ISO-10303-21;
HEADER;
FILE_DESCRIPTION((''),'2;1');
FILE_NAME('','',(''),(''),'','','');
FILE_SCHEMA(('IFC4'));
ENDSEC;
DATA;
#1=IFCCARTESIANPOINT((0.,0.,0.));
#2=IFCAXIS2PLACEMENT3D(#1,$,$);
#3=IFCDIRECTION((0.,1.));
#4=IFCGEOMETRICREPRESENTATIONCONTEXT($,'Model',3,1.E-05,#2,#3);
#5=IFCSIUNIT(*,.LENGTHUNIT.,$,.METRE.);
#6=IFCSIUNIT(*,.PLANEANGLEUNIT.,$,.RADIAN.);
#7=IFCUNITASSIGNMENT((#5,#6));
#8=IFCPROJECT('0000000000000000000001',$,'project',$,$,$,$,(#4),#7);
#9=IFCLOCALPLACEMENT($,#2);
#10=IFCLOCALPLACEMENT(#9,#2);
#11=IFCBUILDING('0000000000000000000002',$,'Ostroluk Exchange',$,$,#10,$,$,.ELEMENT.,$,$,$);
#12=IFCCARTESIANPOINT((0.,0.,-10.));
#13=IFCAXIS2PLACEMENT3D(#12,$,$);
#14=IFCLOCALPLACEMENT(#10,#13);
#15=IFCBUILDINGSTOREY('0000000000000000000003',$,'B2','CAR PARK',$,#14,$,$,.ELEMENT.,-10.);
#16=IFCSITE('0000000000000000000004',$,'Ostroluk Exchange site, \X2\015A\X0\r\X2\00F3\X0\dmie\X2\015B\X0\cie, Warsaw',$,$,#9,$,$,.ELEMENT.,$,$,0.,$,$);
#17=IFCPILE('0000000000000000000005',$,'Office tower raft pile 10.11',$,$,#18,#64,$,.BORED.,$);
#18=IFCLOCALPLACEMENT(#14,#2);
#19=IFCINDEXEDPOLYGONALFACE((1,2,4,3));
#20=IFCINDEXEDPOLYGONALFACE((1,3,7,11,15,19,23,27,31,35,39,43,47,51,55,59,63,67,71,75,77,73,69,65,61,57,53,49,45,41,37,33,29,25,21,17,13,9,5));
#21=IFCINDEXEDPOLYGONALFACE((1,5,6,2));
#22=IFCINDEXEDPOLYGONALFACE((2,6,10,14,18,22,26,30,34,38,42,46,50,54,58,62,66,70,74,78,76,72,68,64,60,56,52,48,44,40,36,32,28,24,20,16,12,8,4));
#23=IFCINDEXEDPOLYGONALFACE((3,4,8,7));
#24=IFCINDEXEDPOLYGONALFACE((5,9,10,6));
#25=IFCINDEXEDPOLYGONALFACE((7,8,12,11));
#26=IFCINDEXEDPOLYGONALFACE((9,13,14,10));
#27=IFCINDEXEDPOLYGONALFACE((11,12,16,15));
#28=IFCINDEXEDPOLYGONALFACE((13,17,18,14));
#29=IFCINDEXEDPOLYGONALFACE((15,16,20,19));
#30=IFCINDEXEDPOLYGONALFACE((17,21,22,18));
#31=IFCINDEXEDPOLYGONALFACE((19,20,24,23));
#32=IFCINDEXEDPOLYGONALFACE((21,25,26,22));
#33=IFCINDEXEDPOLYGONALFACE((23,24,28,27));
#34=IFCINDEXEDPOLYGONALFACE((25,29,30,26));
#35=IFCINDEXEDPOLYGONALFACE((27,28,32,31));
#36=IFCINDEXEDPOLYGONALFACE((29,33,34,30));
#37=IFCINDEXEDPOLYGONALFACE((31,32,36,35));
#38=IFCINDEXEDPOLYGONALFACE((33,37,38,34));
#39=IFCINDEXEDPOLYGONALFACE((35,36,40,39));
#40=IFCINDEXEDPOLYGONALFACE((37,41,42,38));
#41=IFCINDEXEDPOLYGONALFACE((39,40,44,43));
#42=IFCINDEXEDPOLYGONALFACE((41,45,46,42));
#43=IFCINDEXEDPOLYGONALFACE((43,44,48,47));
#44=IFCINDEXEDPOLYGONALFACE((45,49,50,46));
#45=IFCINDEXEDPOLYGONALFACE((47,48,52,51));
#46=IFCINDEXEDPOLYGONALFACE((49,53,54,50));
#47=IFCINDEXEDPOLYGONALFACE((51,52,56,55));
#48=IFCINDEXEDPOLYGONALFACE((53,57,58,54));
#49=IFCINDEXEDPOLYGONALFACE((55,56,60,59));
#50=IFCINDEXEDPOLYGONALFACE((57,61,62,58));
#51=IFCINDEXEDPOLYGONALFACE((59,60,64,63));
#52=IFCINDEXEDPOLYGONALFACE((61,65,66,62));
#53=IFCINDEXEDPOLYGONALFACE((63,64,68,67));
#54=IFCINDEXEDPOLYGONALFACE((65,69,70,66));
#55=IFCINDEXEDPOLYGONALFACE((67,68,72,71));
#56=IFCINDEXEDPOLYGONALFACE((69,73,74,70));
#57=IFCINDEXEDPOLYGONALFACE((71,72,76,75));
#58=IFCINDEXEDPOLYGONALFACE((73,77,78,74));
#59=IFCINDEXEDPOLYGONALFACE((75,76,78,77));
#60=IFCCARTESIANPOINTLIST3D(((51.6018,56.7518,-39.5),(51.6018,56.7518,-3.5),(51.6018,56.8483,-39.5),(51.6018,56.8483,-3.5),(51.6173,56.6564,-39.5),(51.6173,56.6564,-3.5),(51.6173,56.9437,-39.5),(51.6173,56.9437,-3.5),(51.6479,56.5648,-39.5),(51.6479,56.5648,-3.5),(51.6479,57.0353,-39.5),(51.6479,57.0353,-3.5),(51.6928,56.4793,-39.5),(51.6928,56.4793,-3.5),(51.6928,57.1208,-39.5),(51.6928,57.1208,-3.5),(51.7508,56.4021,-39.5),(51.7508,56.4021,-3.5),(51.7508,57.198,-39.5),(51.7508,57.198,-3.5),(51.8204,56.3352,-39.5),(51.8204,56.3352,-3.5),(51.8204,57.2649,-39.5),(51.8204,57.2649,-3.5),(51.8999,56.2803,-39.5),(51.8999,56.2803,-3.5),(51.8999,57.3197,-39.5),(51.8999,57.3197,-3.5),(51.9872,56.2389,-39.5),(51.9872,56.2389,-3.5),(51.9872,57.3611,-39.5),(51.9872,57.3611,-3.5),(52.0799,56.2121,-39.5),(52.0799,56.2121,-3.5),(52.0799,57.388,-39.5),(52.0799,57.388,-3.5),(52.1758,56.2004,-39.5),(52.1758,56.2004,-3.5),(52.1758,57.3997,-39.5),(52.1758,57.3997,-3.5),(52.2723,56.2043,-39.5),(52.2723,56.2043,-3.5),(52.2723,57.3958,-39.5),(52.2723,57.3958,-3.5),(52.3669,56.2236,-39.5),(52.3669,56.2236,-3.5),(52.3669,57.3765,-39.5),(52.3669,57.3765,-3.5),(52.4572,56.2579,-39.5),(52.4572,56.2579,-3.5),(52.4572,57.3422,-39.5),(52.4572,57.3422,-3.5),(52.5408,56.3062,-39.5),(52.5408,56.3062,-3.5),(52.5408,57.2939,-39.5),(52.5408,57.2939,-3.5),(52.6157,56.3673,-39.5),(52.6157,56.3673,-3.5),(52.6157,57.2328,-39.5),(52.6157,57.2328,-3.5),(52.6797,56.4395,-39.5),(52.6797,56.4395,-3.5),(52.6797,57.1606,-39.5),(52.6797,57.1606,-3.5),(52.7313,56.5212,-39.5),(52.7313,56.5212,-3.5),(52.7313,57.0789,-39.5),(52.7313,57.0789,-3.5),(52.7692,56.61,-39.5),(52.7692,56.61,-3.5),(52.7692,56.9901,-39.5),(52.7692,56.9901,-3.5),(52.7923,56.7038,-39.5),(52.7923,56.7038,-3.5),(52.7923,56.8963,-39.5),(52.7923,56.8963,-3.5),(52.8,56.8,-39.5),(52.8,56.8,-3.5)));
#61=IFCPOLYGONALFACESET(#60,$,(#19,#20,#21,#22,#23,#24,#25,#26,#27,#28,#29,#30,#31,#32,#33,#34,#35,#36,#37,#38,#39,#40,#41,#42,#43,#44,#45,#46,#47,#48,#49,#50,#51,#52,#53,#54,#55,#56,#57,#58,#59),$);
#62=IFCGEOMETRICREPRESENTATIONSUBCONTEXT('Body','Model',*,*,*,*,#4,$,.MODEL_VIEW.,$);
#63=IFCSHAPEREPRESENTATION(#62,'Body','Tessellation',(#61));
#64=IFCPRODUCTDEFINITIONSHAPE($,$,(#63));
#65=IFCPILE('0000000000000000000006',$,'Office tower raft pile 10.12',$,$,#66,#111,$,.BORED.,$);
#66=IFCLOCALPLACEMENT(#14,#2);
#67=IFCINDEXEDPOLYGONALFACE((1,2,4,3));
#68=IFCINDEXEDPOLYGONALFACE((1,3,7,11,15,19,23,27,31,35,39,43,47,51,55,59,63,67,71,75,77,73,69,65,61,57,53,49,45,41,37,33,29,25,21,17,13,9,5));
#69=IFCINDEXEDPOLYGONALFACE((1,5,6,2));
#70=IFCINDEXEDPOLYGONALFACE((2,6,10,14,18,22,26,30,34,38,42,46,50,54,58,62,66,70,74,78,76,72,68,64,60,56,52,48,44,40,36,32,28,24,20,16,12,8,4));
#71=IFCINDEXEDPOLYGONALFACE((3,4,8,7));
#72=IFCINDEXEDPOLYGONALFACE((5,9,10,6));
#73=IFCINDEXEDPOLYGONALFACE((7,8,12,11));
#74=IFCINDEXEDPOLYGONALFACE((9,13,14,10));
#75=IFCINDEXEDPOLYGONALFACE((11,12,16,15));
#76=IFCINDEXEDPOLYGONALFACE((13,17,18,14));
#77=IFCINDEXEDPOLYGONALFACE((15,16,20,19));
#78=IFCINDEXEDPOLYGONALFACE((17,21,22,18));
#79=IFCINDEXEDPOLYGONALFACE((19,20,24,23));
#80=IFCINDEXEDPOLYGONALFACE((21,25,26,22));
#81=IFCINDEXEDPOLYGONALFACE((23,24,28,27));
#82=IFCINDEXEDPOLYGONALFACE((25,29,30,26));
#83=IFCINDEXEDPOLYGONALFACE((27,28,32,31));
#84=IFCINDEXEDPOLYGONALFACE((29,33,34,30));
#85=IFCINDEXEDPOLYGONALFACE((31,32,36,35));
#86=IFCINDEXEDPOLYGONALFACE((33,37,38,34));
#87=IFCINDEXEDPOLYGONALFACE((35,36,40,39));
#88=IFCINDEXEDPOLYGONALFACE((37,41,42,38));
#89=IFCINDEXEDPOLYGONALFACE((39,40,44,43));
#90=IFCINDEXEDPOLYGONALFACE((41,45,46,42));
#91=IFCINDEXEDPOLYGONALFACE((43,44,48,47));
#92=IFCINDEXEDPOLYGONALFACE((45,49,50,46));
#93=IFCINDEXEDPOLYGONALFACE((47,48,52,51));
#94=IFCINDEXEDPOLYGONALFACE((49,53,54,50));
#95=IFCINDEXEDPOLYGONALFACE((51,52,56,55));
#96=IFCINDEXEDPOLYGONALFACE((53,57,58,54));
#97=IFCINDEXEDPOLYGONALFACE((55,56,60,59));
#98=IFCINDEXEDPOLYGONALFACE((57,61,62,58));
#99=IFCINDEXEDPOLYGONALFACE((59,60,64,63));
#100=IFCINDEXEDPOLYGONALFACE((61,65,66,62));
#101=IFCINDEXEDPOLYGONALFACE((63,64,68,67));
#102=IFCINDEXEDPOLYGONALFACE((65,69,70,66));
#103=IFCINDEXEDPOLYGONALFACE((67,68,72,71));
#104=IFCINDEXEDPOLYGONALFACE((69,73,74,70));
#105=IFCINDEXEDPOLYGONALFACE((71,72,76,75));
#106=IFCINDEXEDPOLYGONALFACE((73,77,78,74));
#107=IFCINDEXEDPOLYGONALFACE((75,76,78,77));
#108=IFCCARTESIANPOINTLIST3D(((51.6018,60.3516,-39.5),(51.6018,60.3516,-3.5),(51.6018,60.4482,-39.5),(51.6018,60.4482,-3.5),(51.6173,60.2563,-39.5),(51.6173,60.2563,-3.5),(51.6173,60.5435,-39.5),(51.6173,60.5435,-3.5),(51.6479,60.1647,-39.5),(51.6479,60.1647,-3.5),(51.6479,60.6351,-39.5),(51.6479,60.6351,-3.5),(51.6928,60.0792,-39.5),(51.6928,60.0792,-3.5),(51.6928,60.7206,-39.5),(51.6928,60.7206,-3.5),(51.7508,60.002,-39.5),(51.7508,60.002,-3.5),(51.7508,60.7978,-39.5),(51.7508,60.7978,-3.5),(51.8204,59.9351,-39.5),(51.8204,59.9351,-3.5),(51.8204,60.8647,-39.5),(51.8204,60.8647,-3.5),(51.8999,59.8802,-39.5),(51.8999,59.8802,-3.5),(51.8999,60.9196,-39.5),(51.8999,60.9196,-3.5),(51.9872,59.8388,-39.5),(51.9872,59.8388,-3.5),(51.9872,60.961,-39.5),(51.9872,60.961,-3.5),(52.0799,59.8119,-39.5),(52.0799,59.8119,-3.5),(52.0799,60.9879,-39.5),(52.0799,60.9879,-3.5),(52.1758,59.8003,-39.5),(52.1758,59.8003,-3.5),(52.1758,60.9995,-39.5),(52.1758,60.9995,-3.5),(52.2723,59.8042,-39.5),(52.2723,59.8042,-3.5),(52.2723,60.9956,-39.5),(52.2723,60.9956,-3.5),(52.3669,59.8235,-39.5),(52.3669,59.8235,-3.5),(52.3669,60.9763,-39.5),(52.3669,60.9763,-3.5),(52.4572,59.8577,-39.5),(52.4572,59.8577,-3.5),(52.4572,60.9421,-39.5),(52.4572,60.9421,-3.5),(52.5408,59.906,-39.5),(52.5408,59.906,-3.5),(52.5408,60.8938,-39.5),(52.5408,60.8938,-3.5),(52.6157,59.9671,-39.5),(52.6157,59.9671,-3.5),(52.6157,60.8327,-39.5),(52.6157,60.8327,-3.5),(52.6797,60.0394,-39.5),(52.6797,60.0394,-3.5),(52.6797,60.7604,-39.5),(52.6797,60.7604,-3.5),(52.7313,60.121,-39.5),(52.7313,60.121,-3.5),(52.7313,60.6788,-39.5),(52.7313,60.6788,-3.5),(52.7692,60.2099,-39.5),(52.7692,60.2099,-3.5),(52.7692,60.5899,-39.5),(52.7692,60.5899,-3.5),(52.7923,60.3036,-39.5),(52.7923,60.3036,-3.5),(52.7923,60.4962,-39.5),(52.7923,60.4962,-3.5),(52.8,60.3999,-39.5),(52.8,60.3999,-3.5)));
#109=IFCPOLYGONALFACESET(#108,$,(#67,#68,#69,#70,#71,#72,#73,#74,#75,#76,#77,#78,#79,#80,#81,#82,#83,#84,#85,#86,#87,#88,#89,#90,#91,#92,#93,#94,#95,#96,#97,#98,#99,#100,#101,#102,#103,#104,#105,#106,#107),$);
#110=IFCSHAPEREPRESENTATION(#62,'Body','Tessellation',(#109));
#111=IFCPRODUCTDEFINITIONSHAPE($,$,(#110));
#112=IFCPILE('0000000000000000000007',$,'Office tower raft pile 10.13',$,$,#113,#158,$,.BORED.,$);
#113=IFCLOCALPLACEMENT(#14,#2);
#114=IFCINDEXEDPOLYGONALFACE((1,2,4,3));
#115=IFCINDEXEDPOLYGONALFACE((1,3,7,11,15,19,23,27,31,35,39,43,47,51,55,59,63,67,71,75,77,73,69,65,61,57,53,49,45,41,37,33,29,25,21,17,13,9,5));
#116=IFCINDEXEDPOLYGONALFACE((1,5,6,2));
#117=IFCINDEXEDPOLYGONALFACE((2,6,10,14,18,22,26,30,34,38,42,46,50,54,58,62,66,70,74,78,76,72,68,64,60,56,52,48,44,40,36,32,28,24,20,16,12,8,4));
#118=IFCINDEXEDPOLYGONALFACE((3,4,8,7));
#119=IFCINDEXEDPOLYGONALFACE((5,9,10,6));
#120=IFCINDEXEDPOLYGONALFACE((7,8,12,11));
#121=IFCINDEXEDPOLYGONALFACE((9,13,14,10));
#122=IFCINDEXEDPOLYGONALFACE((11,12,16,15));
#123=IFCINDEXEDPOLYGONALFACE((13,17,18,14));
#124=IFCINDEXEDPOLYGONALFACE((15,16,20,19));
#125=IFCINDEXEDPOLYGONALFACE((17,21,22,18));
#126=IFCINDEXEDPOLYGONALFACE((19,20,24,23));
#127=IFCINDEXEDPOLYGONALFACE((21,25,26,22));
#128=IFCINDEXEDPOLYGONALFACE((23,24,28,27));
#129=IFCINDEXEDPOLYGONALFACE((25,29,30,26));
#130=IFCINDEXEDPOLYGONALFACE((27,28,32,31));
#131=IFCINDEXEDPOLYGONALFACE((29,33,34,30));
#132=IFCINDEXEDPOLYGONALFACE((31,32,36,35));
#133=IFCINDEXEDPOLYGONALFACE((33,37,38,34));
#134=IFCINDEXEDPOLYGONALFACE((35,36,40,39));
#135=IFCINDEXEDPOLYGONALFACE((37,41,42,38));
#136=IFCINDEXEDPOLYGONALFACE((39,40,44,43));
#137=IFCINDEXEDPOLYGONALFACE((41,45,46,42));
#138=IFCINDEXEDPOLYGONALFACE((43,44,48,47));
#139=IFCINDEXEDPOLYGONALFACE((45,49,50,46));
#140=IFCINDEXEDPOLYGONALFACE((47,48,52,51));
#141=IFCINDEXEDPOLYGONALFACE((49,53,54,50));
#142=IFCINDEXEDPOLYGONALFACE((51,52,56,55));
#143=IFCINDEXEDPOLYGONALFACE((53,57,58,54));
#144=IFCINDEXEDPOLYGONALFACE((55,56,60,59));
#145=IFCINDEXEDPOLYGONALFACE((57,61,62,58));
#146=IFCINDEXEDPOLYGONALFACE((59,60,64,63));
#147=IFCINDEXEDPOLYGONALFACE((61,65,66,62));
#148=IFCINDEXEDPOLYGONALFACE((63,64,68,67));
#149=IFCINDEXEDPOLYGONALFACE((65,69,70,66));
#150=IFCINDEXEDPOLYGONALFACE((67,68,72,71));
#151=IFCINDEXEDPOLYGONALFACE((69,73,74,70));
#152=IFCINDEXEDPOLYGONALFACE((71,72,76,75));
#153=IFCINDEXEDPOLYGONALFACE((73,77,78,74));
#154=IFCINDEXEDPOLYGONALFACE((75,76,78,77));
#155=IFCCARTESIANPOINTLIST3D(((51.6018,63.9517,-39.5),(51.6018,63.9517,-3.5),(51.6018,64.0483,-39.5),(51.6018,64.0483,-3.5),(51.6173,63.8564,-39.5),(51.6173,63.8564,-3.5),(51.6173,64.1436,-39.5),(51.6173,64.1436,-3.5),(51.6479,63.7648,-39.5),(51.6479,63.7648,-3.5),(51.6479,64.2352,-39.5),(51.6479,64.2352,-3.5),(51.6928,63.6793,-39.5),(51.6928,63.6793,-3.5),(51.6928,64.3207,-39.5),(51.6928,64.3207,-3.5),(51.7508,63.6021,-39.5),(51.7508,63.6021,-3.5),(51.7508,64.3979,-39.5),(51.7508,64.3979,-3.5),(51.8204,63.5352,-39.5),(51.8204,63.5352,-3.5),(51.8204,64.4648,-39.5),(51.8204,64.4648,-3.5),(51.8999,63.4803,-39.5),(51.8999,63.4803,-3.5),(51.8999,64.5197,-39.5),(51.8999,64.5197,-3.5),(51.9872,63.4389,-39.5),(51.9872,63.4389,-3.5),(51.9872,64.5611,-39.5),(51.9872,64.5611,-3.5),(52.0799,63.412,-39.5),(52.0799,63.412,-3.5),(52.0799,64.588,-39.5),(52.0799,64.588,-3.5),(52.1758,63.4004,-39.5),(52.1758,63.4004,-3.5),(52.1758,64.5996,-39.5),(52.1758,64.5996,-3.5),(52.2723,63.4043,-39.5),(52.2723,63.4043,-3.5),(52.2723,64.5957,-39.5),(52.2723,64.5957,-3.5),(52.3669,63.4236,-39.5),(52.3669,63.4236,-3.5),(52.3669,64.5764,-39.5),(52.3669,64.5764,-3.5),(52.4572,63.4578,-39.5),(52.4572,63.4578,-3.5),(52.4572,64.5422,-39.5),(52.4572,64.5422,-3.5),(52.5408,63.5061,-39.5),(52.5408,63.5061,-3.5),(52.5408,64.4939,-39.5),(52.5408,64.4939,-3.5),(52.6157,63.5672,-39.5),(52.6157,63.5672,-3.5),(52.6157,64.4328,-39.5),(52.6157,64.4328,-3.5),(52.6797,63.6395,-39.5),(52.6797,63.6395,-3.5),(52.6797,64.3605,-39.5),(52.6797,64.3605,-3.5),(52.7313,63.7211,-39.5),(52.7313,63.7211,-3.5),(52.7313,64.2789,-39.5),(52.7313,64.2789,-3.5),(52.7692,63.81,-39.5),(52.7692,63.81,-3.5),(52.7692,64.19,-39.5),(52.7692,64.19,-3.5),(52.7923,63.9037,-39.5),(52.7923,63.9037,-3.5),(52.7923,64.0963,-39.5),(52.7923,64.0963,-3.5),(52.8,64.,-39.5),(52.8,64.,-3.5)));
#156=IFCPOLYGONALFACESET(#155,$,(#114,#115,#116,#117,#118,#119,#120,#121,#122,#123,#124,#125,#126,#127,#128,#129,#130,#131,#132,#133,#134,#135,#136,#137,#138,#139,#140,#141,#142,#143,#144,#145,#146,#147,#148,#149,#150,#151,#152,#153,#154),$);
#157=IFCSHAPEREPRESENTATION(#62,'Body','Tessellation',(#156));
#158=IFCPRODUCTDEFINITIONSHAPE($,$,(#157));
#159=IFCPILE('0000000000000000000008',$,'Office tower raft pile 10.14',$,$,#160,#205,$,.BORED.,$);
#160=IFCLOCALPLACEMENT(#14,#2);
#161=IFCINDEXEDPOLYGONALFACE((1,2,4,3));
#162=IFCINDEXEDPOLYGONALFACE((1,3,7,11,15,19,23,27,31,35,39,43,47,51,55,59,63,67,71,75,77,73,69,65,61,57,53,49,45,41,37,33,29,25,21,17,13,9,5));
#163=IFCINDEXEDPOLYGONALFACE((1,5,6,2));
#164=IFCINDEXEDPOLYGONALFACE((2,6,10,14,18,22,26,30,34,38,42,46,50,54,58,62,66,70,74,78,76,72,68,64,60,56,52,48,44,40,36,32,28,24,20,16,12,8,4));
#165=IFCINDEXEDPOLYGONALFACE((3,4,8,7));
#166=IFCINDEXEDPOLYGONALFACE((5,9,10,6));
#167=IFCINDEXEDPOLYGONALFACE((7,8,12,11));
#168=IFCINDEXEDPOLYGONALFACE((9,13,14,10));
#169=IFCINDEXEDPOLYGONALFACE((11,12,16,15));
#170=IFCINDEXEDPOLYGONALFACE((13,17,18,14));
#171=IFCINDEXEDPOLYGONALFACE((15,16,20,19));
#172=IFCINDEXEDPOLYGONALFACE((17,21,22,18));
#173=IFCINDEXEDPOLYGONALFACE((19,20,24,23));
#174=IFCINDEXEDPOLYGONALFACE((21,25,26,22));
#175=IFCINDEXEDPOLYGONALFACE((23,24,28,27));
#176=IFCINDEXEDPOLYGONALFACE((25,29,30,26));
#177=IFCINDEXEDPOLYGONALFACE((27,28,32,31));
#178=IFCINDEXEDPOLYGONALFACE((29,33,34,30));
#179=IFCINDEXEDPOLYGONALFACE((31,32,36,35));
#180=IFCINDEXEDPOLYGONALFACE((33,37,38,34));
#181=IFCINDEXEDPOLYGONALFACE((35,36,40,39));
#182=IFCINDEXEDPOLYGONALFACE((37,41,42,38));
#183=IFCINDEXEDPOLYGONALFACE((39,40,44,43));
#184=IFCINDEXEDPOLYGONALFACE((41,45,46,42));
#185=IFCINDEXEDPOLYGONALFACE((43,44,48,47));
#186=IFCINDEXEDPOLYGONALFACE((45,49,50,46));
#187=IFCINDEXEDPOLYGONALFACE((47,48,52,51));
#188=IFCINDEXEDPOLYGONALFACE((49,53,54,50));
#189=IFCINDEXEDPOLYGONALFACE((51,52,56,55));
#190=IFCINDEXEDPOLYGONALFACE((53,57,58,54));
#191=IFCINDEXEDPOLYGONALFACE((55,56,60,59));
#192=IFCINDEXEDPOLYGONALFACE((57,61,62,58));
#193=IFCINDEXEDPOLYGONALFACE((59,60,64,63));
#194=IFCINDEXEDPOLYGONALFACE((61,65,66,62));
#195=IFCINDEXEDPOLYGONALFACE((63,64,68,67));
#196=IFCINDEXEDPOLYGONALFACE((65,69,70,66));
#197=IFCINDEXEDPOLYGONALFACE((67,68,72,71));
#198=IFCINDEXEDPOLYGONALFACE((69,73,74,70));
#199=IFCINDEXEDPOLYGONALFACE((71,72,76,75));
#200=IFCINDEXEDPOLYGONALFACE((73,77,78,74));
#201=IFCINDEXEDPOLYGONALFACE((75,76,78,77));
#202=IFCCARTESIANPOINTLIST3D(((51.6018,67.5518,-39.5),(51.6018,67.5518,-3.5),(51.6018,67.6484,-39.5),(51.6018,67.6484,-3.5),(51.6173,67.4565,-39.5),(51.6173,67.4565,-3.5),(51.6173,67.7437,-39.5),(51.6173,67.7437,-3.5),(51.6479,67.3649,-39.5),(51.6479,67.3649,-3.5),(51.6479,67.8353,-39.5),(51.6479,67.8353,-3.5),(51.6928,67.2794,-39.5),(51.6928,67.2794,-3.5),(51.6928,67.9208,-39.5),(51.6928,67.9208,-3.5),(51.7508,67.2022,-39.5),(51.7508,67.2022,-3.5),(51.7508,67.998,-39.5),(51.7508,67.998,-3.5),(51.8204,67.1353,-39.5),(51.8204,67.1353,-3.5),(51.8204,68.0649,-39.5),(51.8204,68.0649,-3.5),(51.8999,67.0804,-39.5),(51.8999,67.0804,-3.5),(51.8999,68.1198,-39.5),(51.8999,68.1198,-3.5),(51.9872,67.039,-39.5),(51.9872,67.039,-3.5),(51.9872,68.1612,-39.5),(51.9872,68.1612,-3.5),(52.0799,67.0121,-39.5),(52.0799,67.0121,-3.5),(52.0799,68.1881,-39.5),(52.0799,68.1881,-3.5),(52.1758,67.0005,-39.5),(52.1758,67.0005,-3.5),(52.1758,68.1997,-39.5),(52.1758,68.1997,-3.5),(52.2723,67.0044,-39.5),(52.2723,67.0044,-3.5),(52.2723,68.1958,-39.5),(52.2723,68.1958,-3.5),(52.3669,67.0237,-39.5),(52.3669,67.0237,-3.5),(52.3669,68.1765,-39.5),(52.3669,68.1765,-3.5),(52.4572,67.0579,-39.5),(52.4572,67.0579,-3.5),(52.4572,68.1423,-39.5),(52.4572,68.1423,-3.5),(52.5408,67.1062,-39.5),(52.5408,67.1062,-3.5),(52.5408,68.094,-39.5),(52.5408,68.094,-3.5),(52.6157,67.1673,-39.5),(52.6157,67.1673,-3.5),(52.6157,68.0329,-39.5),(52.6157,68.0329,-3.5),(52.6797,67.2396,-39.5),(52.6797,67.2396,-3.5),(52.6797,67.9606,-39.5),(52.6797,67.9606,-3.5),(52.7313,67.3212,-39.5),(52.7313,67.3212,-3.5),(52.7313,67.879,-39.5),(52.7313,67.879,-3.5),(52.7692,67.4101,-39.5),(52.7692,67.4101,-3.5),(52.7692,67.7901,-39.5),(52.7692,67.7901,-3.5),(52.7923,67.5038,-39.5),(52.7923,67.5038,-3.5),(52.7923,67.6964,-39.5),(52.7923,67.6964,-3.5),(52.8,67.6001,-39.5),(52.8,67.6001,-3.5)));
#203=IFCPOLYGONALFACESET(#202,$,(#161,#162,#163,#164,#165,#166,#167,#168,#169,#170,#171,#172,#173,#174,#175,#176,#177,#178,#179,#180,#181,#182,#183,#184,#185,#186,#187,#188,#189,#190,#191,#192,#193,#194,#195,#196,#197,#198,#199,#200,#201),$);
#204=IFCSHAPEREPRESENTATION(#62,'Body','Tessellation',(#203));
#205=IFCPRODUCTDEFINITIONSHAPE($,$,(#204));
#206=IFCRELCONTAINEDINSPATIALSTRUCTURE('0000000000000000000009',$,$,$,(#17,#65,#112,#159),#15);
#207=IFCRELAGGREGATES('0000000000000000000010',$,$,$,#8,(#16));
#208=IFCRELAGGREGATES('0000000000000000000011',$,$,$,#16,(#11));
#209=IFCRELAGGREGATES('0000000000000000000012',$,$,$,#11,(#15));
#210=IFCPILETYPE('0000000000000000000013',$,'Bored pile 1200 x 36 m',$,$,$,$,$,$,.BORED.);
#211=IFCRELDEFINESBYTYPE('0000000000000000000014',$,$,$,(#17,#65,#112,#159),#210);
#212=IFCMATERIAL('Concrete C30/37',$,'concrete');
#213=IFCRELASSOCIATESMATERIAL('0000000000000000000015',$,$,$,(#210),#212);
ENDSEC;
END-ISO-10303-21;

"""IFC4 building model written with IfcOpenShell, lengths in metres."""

from ifc_helpers import new_model, si_unit, direction, frame, origin, origin_2d, place, context, subcontext, project, spatial, circle, extrude, material, type_object, element, save


model = new_model("IFC4")

# Units and contexts
model_context = context("Model", 3, precision=1e-05, world=origin(), true_north=direction((0.0, 1.0)))
body_context = subcontext(model_context, "Body", "Model", "MODEL_VIEW")
ifc_project = project(units=[si_unit("LENGTHUNIT", "METRE"), si_unit("PLANEANGLEUNIT", "RADIAN")], contexts=[model_context])

# Site, building, storey
site_placement = place(None, origin())
site = spatial("IfcSite", under=ifc_project, at=site_placement, Name="Ostroluk Exchange site, Śródmieście, Warsaw", CompositionType="ELEMENT", RefElevation=0.0)
building_placement = place(site_placement, origin())
building = spatial("IfcBuilding", under=site, at=building_placement, Name="Ostroluk Exchange", CompositionType="ELEMENT")
storey_placement = place(building_placement, frame((0.0, 0.0, -10.0)))
storey = spatial("IfcBuildingStorey", under=building, at=storey_placement, Name="B2", Description="CAR PARK", CompositionType="ELEMENT", Elevation=-10.0)

# Piles
ifc_material_1 = material(Name="Concrete C30/37", Category="concrete")
pile_type = type_object("IfcPileType", Name="Bored pile 1200 x 36 m", PredefinedType="BORED", material=ifc_material_1)
for number, where, z_axis, x_axis, name in (
    (1, (52.2, 56.8, -3.5), (0.0, 0.0, -1.0), (1.0, 0.0, 0.0), "Office tower raft pile 10.11"),
    (2, (52.2, 60.3999, -3.5), (0.0, 0.0, -1.0), (1.0, 0.0, 0.0), "Office tower raft pile 10.12"),
    (3, (52.2, 64.0, -3.5), (0.0, 0.0, -1.0), (1.0, 0.0, 0.0), "Office tower raft pile 10.13"),
    (4, (52.2, 67.6001, -3.5), (0.0, 0.0, -1.0), (1.0, 0.0, 0.0), "Office tower raft pile 10.14"),
):
    element("IfcPile", number, at=place(storey_placement, frame(where, z_axis=z_axis, x_axis=x_axis)), inside=storey, type_object=pile_type, Name=name, PredefinedType="BORED", context=body_context, shape_type="SweptSolid", body=[
        extrude(circle(Radius=0.6001, at=origin_2d()), origin(), (0.0, 0.0, 1.0), 36.0),
    ])

save(model, "model.ifc")
